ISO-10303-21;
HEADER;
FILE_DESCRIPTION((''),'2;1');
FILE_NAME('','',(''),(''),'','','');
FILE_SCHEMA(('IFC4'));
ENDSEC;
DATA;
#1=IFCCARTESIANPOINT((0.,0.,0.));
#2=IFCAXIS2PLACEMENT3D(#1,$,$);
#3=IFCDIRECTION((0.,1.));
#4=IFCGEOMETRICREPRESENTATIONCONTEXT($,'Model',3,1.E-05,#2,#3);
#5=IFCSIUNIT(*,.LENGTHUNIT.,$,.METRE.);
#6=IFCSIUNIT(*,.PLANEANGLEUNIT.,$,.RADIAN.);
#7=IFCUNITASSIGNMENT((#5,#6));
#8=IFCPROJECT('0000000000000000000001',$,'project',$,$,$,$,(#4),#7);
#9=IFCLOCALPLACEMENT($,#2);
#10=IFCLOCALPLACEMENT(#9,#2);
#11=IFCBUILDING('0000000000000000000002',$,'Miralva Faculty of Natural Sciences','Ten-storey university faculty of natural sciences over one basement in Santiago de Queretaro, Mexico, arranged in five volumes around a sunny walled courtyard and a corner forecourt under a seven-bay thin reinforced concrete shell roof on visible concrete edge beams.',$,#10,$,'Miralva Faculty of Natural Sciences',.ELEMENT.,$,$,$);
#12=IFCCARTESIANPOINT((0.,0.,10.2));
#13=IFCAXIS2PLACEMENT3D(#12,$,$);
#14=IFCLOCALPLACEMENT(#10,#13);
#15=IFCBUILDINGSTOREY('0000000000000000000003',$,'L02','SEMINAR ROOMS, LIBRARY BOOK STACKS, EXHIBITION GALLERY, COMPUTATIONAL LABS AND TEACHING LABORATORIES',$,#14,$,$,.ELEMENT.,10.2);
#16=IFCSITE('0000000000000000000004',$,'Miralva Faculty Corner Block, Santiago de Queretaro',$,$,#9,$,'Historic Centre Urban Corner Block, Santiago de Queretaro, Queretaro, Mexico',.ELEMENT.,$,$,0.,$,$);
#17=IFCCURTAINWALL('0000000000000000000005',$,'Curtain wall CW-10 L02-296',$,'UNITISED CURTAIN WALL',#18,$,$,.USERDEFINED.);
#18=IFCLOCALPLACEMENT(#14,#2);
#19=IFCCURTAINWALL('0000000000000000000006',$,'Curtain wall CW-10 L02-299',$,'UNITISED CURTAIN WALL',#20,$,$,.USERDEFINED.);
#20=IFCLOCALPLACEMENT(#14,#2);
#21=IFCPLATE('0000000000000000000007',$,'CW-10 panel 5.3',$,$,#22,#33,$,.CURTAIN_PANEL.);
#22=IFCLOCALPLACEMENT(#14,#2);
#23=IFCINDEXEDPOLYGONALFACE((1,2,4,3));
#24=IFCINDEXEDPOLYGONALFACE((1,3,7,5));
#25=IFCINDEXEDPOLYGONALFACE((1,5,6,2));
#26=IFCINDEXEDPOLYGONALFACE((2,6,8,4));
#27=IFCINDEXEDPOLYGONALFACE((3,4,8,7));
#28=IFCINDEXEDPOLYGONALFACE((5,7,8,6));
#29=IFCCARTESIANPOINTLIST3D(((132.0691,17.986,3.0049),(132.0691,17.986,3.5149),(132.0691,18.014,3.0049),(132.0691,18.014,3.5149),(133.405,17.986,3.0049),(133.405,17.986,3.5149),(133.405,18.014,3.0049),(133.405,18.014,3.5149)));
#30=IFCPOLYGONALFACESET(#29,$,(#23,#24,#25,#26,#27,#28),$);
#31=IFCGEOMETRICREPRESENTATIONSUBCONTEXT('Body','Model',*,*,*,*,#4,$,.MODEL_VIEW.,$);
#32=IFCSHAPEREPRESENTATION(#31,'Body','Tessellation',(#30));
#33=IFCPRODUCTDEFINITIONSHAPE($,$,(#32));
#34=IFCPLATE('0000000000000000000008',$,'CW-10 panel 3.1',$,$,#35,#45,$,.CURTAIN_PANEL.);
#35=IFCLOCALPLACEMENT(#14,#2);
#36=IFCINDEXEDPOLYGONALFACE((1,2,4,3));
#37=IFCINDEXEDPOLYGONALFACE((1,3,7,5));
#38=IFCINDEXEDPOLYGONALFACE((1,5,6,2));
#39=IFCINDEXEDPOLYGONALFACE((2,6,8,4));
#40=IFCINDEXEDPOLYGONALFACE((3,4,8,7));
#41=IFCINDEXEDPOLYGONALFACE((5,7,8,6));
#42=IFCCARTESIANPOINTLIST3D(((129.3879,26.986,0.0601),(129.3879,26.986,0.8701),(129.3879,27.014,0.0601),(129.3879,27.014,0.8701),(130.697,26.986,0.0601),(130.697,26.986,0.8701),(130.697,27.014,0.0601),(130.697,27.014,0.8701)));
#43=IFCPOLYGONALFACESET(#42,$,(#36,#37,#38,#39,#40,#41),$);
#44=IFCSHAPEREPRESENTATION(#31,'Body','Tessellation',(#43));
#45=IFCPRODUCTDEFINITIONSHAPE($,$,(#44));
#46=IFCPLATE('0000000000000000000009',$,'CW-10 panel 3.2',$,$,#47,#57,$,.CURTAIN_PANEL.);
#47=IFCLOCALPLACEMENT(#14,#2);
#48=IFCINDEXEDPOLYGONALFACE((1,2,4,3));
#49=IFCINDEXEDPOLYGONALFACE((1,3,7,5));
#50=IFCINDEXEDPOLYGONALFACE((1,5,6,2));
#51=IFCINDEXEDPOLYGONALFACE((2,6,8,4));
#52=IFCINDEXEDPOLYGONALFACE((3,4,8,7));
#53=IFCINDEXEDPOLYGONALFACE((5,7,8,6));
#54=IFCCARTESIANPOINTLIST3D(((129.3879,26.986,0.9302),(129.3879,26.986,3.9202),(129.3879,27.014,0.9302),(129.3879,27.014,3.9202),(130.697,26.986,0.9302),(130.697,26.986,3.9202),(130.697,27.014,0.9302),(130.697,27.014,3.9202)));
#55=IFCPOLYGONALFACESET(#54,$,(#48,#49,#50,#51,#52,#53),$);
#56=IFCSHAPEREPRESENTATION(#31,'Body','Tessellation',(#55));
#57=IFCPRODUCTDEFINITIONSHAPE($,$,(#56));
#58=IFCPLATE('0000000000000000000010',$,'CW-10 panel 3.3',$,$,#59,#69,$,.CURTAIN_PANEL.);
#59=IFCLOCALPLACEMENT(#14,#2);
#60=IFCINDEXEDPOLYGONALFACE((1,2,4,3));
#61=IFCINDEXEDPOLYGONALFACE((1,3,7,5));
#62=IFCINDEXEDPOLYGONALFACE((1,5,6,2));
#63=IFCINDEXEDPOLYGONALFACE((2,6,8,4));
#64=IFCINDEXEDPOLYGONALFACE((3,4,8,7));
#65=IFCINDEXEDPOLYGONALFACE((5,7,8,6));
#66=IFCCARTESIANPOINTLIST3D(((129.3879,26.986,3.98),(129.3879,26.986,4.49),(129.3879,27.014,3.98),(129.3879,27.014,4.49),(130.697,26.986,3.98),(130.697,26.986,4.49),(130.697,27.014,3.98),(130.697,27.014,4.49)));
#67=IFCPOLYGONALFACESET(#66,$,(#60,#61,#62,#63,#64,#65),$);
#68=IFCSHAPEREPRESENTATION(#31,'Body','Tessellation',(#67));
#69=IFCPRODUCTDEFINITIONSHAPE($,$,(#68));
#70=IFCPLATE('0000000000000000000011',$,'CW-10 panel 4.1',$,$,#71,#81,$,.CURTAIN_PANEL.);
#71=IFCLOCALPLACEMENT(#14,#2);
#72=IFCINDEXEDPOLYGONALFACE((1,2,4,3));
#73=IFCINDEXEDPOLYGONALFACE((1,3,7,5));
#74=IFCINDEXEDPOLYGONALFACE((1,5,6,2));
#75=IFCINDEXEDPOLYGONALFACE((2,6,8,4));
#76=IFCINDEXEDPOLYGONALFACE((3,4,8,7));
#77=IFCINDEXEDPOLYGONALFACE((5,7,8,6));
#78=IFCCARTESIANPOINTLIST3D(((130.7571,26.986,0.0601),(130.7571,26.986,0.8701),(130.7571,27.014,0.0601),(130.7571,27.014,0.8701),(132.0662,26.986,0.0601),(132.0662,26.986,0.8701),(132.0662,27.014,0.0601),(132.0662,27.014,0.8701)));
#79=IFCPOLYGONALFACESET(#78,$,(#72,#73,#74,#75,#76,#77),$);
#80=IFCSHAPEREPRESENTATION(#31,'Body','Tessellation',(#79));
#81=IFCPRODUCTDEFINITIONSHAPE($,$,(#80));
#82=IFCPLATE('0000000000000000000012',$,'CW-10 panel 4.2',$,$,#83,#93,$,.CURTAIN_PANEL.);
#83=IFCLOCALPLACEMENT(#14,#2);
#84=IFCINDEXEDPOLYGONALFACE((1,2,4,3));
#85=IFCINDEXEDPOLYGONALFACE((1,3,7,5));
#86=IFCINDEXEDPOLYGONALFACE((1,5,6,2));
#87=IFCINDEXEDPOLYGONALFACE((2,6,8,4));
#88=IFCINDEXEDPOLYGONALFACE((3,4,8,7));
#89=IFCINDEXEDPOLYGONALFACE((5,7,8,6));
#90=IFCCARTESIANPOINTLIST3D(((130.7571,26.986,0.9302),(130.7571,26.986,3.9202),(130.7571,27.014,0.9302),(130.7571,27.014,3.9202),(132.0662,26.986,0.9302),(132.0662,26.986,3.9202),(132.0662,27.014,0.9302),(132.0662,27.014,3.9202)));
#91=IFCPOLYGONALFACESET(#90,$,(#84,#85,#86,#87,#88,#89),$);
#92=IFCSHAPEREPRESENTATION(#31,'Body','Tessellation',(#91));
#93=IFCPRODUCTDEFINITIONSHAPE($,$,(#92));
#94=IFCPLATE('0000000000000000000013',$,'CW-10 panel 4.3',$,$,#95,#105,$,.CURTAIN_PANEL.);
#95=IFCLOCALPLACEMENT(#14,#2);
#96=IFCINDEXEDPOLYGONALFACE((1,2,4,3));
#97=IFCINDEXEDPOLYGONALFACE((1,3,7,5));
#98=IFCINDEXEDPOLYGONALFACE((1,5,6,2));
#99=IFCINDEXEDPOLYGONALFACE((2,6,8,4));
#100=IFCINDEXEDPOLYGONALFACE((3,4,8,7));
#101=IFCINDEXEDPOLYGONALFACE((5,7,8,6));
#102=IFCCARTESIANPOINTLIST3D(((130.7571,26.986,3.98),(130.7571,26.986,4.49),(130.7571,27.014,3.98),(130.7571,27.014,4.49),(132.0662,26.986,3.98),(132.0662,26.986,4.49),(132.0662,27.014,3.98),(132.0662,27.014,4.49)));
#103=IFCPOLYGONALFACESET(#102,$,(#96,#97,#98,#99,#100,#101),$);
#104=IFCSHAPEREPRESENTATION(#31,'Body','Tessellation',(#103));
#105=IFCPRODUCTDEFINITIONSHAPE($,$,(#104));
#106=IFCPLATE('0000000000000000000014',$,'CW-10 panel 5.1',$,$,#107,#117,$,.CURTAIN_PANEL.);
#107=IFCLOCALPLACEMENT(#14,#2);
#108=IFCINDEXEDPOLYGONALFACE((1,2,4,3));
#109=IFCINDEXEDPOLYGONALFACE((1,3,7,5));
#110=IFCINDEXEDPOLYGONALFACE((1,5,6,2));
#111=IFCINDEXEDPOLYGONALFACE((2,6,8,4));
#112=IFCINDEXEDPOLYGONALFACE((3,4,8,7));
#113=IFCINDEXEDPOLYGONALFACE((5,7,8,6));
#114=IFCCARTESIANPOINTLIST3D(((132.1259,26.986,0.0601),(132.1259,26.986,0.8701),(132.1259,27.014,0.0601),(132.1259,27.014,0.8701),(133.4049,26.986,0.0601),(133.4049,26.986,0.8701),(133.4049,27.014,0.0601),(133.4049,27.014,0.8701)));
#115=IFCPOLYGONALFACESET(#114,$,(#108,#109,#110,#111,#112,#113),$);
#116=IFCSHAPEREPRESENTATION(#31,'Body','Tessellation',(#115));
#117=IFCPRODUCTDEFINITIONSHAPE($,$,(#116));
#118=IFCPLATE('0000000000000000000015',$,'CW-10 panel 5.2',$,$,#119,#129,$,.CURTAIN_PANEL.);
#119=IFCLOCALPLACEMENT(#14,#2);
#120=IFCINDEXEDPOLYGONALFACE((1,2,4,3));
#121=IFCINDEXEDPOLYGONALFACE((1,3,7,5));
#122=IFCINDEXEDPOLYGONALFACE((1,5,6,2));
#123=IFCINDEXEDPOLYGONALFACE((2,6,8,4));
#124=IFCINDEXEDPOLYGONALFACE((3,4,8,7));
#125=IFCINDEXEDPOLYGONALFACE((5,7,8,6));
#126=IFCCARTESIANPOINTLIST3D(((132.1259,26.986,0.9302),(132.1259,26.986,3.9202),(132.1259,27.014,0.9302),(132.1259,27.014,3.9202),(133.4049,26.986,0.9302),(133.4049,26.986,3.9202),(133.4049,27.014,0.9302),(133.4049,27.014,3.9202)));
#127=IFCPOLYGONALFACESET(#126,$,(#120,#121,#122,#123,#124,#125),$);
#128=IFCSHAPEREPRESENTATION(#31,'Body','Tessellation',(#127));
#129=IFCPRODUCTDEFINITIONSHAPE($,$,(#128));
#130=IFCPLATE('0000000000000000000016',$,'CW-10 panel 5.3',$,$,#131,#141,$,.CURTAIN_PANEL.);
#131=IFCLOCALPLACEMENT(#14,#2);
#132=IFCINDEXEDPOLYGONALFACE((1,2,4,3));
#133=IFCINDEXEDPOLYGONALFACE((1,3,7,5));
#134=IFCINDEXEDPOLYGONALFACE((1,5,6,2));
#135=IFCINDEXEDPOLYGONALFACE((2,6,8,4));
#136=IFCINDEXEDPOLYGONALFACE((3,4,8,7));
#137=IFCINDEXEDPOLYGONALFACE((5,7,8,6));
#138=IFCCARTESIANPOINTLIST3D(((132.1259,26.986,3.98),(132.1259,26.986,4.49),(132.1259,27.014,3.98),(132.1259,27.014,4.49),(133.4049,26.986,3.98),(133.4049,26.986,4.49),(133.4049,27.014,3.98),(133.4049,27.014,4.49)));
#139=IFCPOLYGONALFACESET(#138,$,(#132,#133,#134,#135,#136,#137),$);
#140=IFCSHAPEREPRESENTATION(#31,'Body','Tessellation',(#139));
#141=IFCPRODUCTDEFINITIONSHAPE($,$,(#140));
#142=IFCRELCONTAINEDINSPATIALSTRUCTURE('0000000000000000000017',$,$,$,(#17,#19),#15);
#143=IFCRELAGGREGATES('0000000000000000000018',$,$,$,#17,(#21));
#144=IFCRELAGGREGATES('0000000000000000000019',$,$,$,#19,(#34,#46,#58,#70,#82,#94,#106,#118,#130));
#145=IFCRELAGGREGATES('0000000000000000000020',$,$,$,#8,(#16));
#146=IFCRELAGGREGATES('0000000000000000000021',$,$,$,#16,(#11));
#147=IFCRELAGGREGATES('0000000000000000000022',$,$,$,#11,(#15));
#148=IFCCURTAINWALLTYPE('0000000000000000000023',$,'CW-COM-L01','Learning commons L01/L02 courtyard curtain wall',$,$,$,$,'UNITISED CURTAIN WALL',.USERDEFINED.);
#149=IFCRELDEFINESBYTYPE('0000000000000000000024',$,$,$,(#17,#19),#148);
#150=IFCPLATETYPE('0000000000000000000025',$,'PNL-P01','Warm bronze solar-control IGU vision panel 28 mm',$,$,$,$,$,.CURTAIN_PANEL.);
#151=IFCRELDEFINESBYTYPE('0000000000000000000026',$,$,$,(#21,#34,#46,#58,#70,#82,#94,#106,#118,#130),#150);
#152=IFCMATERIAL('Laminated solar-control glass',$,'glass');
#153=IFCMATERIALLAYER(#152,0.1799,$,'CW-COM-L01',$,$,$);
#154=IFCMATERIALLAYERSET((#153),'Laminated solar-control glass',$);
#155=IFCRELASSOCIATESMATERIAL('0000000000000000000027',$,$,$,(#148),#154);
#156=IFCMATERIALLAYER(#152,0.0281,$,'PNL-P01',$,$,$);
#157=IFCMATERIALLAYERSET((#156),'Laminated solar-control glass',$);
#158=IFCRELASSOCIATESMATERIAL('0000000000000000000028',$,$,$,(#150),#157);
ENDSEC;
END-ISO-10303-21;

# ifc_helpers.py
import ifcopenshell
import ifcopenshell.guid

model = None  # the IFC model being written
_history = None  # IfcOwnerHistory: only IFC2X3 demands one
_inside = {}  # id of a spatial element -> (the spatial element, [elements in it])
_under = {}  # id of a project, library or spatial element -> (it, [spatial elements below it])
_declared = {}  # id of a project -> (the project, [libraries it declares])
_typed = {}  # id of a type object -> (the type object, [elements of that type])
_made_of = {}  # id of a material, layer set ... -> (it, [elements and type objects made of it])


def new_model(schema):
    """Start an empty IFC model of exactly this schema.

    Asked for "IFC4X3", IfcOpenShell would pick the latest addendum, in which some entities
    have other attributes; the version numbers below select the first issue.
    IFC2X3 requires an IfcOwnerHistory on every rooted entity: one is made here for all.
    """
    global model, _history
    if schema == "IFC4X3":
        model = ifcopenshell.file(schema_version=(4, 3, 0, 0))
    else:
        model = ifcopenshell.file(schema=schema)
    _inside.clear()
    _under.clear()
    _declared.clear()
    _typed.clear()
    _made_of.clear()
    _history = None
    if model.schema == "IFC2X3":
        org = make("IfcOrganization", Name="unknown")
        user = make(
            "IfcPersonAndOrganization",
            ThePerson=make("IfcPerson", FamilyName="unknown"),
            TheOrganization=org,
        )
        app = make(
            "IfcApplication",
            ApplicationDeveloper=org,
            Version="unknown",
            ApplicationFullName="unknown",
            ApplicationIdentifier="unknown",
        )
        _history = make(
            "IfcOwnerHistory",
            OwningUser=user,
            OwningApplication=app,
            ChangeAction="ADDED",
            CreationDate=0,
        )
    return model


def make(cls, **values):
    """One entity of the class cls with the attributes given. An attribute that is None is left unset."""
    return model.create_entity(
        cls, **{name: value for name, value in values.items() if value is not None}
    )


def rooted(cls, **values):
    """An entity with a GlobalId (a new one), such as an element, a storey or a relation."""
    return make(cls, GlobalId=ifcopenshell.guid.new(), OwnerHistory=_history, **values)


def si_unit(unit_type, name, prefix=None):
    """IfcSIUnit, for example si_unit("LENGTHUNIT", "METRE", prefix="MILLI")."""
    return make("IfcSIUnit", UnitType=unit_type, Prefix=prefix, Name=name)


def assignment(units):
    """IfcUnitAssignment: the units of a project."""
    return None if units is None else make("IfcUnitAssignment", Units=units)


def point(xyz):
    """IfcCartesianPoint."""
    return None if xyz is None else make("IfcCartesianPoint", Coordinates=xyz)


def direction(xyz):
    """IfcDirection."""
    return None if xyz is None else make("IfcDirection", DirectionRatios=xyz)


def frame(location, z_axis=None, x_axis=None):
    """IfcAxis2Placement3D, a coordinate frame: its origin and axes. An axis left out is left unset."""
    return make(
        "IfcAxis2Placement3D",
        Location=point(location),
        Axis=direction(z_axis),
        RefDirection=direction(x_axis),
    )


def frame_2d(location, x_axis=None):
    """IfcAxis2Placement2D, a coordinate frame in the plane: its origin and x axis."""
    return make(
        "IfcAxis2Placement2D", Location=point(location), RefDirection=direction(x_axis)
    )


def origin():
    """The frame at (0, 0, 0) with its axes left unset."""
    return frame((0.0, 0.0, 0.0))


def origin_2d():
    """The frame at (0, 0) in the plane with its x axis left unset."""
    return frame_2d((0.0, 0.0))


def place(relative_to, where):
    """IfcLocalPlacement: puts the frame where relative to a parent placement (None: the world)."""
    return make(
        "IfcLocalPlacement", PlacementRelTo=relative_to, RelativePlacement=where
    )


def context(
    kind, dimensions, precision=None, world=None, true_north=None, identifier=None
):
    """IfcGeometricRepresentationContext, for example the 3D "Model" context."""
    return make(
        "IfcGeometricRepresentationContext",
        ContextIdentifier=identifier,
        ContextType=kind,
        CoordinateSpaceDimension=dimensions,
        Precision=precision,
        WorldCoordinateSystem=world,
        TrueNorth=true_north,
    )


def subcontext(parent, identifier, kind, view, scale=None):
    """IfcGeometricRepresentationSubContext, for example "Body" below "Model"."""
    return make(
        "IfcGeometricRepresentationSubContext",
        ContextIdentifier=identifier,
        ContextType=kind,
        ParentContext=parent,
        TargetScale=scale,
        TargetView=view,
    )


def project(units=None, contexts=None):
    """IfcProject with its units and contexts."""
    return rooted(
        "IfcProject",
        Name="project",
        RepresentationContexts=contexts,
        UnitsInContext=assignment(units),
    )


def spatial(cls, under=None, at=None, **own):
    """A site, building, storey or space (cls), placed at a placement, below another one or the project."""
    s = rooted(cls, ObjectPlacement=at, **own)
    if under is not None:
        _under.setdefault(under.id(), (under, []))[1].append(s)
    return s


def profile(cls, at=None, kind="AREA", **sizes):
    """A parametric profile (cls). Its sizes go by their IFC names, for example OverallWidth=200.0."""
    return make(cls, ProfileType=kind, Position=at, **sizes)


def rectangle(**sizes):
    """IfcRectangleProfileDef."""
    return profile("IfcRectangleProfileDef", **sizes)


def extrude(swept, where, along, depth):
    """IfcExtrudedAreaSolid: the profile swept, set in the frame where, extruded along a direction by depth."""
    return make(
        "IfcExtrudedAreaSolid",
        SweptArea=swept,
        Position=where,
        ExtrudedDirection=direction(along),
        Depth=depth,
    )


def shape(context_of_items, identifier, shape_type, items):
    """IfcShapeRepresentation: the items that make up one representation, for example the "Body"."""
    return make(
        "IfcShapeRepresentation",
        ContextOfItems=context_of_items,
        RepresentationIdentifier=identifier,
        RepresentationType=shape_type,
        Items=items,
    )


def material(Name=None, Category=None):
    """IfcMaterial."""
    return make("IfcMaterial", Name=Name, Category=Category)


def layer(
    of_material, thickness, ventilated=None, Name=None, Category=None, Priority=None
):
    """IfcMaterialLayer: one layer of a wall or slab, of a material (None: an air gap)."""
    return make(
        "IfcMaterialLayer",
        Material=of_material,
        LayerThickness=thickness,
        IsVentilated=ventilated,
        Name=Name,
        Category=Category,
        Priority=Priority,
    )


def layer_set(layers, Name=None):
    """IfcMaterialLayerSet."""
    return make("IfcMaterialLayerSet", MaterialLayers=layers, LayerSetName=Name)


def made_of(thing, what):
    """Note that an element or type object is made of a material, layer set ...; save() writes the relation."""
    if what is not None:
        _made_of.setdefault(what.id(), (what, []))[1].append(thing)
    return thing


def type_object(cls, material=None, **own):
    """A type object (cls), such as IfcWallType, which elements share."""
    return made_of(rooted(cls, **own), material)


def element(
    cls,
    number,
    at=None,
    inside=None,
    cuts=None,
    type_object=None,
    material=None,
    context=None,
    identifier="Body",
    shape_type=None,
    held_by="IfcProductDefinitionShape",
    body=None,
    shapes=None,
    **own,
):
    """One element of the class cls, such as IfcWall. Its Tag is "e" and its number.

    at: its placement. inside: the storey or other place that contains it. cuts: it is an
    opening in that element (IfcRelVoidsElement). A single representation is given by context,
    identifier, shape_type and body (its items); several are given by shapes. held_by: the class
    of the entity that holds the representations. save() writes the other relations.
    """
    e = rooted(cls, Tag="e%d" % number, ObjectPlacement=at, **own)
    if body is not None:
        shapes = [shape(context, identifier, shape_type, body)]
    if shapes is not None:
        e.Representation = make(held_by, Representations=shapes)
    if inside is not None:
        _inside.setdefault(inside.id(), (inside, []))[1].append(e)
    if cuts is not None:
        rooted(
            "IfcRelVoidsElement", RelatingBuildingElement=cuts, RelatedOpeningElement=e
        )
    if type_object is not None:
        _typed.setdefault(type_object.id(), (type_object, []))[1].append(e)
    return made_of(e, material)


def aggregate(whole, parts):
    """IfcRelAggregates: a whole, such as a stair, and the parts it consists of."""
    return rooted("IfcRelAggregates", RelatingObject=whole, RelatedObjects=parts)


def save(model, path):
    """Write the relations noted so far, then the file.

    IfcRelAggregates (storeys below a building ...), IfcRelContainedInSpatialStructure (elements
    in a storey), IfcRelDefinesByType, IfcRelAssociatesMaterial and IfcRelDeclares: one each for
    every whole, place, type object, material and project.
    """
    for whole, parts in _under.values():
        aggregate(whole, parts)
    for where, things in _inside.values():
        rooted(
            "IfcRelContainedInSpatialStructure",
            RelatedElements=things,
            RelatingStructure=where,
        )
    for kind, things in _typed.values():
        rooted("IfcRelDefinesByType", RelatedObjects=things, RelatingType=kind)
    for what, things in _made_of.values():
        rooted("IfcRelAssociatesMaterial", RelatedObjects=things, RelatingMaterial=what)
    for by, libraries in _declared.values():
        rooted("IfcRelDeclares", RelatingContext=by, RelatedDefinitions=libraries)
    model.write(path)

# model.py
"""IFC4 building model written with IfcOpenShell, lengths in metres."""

from ifc_helpers import new_model, si_unit, direction, frame, origin, origin_2d, place, context, subcontext, project, spatial, rectangle, extrude, material, layer, layer_set, type_object, element, aggregate, save


model = new_model("IFC4")

# Units and contexts
model_context = context("Model", 3, precision=1e-05, world=origin(), true_north=direction((0.0, 1.0)))
body_context = subcontext(model_context, "Body", "Model", "MODEL_VIEW")
ifc_project = project(units=[si_unit("LENGTHUNIT", "METRE"), si_unit("PLANEANGLEUNIT", "RADIAN")], contexts=[model_context])

# Site, building, storey
site_placement = place(None, origin())
site = spatial("IfcSite", under=ifc_project, at=site_placement, Name="Miralva Faculty Corner Block, Santiago de Queretaro", LongName="Historic Centre Urban Corner Block, Santiago de Queretaro, Queretaro, Mexico", CompositionType="ELEMENT", RefElevation=0.0)
building_placement = place(site_placement, origin())
building = spatial("IfcBuilding", under=site, at=building_placement, Name="Miralva Faculty of Natural Sciences", Description="Ten-storey university faculty of natural sciences over one basement in Santiago de Queretaro, Mexico, arranged in five volumes around a sunny walled courtyard and a corner forecourt under a seven-bay thin reinforced concrete shell roof on visible concrete edge beams.", LongName="Miralva Faculty of Natural Sciences", CompositionType="ELEMENT")
storey_placement = place(building_placement, frame((0.0, 0.0, 10.2)))
storey = spatial("IfcBuildingStorey", under=building, at=storey_placement, Name="L02", Description="SEMINAR ROOMS, LIBRARY BOOK STACKS, EXHIBITION GALLERY, COMPUTATIONAL LABS AND TEACHING LABORATORIES", CompositionType="ELEMENT", Elevation=10.2)

# Curtain walls
ifc_material_1 = material(Name="Laminated solar-control glass", Category="glass")
ifc_layer_1 = layer(ifc_material_1, 0.1799, Name="CW-COM-L01")
ifc_layer_set_1 = layer_set([ifc_layer_1], Name="Laminated solar-control glass")
curtain_wall_type = type_object("IfcCurtainWallType", Name="CW-COM-L01", Description="Learning commons L01/L02 courtyard curtain wall", ElementType="UNITISED CURTAIN WALL", PredefinedType="USERDEFINED", material=ifc_layer_set_1)
curtain_wall_1_placement = place(storey_placement, origin())
curtain_wall_1 = element("IfcCurtainWall", 1, at=curtain_wall_1_placement, inside=storey, type_object=curtain_wall_type, Name="Curtain wall CW-10 L02-296", ObjectType="UNITISED CURTAIN WALL", PredefinedType="USERDEFINED")
curtain_wall_2_placement = place(storey_placement, origin())
curtain_wall_2 = element("IfcCurtainWall", 2, at=curtain_wall_2_placement, inside=storey, type_object=curtain_wall_type, Name="Curtain wall CW-10 L02-299", ObjectType="UNITISED CURTAIN WALL", PredefinedType="USERDEFINED")

# Plates
ifc_layer_2 = layer(ifc_material_1, 0.0281, Name="PNL-P01")
ifc_layer_set_2 = layer_set([ifc_layer_2], Name="Laminated solar-control glass")
plate_type = type_object("IfcPlateType", Name="PNL-P01", Description="Warm bronze solar-control IGU vision panel 28 mm", PredefinedType="CURTAIN_PANEL", material=ifc_layer_set_2)
plate_1_placement = place(storey_placement, frame((132.7371, 18.0, 3.0049), z_axis=(0.0, 0.0, 1.0), x_axis=(1.0, 0.0, 0.0)))
plate_1 = element("IfcPlate", 3, at=plate_1_placement, type_object=plate_type, Name="CW-10 panel 5.3", PredefinedType="CURTAIN_PANEL", context=body_context, shape_type="SweptSolid", body=[
    extrude(rectangle(XDim=1.3359, YDim=0.0281, at=origin_2d()), origin(), (0.0, 0.0, 1.0), 0.51),
])
aggregate(curtain_wall_1, [plate_1])
plate_2_placement = place(storey_placement, frame((130.0425, 27.0, 0.0601), z_axis=(0.0, 0.0, 1.0), x_axis=(1.0, 0.0, 0.0)))
plate_2 = element("IfcPlate", 4, at=plate_2_placement, type_object=plate_type, Name="CW-10 panel 3.1", PredefinedType="CURTAIN_PANEL", context=body_context, shape_type="SweptSolid", body=[
    extrude(rectangle(XDim=1.3091, YDim=0.0281, at=origin_2d()), origin(), (0.0, 0.0, 1.0), 0.8101),
])
plate_3_placement = place(storey_placement, frame((130.0425, 27.0, 0.9302), z_axis=(0.0, 0.0, 1.0), x_axis=(1.0, 0.0, 0.0)))
plate_3 = element("IfcPlate", 5, at=plate_3_placement, type_object=plate_type, Name="CW-10 panel 3.2", PredefinedType="CURTAIN_PANEL", context=body_context, shape_type="SweptSolid", body=[
    extrude(rectangle(XDim=1.3091, YDim=0.0281, at=origin_2d()), origin(), (0.0, 0.0, 1.0), 2.99),
])
plate_4_placement = place(storey_placement, frame((130.0425, 27.0, 3.98), z_axis=(0.0, 0.0, 1.0), x_axis=(1.0, 0.0, 0.0)))
plate_4 = element("IfcPlate", 6, at=plate_4_placement, type_object=plate_type, Name="CW-10 panel 3.3", PredefinedType="CURTAIN_PANEL", context=body_context, shape_type="SweptSolid", body=[
    extrude(rectangle(XDim=1.3091, YDim=0.0281, at=origin_2d()), origin(), (0.0, 0.0, 1.0), 0.51),
])
plate_5_placement = place(storey_placement, frame((131.4116, 27.0, 0.0601), z_axis=(0.0, 0.0, 1.0), x_axis=(1.0, 0.0, 0.0)))
plate_5 = element("IfcPlate", 7, at=plate_5_placement, type_object=plate_type, Name="CW-10 panel 4.1", PredefinedType="CURTAIN_PANEL", context=body_context, shape_type="SweptSolid", body=[
    extrude(rectangle(XDim=1.3091, YDim=0.0281, at=origin_2d()), origin(), (0.0, 0.0, 1.0), 0.8101),
])
plate_6_placement = place(storey_placement, frame((131.4116, 27.0, 0.9302), z_axis=(0.0, 0.0, 1.0), x_axis=(1.0, 0.0, 0.0)))
plate_6 = element("IfcPlate", 8, at=plate_6_placement, type_object=plate_type, Name="CW-10 panel 4.2", PredefinedType="CURTAIN_PANEL", context=body_context, shape_type="SweptSolid", body=[
    extrude(rectangle(XDim=1.3091, YDim=0.0281, at=origin_2d()), origin(), (0.0, 0.0, 1.0), 2.99),
])
plate_7_placement = place(storey_placement, frame((131.4116, 27.0, 3.98), z_axis=(0.0, 0.0, 1.0), x_axis=(1.0, 0.0, 0.0)))
plate_7 = element("IfcPlate", 9, at=plate_7_placement, type_object=plate_type, Name="CW-10 panel 4.3", PredefinedType="CURTAIN_PANEL", context=body_context, shape_type="SweptSolid", body=[
    extrude(rectangle(XDim=1.3091, YDim=0.0281, at=origin_2d()), origin(), (0.0, 0.0, 1.0), 0.51),
])
plate_8_placement = place(storey_placement, frame((132.7654, 27.0, 0.0601), z_axis=(0.0, 0.0, 1.0), x_axis=(1.0, 0.0, 0.0)))
plate_8 = element("IfcPlate", 10, at=plate_8_placement, type_object=plate_type, Name="CW-10 panel 5.1", PredefinedType="CURTAIN_PANEL", context=body_context, shape_type="SweptSolid", body=[
    extrude(rectangle(XDim=1.2791, YDim=0.0281, at=origin_2d()), origin(), (0.0, 0.0, 1.0), 0.8101),
])
plate_9_placement = place(storey_placement, frame((132.7654, 27.0, 0.9302), z_axis=(0.0, 0.0, 1.0), x_axis=(1.0, 0.0, 0.0)))
plate_9 = element("IfcPlate", 11, at=plate_9_placement, type_object=plate_type, Name="CW-10 panel 5.2", PredefinedType="CURTAIN_PANEL", context=body_context, shape_type="SweptSolid", body=[
    extrude(rectangle(XDim=1.2791, YDim=0.0281, at=origin_2d()), origin(), (0.0, 0.0, 1.0), 2.99),
])
plate_10_placement = place(storey_placement, frame((132.7654, 27.0, 3.98), z_axis=(0.0, 0.0, 1.0), x_axis=(1.0, 0.0, 0.0)))
plate_10 = element("IfcPlate", 12, at=plate_10_placement, type_object=plate_type, Name="CW-10 panel 5.3", PredefinedType="CURTAIN_PANEL", context=body_context, shape_type="SweptSolid", body=[
    extrude(rectangle(XDim=1.2791, YDim=0.0281, at=origin_2d()), origin(), (0.0, 0.0, 1.0), 0.51),
])
aggregate(curtain_wall_2, [plate_2, plate_3, plate_4, plate_5, plate_6, plate_7, plate_8, plate_9, plate_10])

save(model, "model.ifc")
